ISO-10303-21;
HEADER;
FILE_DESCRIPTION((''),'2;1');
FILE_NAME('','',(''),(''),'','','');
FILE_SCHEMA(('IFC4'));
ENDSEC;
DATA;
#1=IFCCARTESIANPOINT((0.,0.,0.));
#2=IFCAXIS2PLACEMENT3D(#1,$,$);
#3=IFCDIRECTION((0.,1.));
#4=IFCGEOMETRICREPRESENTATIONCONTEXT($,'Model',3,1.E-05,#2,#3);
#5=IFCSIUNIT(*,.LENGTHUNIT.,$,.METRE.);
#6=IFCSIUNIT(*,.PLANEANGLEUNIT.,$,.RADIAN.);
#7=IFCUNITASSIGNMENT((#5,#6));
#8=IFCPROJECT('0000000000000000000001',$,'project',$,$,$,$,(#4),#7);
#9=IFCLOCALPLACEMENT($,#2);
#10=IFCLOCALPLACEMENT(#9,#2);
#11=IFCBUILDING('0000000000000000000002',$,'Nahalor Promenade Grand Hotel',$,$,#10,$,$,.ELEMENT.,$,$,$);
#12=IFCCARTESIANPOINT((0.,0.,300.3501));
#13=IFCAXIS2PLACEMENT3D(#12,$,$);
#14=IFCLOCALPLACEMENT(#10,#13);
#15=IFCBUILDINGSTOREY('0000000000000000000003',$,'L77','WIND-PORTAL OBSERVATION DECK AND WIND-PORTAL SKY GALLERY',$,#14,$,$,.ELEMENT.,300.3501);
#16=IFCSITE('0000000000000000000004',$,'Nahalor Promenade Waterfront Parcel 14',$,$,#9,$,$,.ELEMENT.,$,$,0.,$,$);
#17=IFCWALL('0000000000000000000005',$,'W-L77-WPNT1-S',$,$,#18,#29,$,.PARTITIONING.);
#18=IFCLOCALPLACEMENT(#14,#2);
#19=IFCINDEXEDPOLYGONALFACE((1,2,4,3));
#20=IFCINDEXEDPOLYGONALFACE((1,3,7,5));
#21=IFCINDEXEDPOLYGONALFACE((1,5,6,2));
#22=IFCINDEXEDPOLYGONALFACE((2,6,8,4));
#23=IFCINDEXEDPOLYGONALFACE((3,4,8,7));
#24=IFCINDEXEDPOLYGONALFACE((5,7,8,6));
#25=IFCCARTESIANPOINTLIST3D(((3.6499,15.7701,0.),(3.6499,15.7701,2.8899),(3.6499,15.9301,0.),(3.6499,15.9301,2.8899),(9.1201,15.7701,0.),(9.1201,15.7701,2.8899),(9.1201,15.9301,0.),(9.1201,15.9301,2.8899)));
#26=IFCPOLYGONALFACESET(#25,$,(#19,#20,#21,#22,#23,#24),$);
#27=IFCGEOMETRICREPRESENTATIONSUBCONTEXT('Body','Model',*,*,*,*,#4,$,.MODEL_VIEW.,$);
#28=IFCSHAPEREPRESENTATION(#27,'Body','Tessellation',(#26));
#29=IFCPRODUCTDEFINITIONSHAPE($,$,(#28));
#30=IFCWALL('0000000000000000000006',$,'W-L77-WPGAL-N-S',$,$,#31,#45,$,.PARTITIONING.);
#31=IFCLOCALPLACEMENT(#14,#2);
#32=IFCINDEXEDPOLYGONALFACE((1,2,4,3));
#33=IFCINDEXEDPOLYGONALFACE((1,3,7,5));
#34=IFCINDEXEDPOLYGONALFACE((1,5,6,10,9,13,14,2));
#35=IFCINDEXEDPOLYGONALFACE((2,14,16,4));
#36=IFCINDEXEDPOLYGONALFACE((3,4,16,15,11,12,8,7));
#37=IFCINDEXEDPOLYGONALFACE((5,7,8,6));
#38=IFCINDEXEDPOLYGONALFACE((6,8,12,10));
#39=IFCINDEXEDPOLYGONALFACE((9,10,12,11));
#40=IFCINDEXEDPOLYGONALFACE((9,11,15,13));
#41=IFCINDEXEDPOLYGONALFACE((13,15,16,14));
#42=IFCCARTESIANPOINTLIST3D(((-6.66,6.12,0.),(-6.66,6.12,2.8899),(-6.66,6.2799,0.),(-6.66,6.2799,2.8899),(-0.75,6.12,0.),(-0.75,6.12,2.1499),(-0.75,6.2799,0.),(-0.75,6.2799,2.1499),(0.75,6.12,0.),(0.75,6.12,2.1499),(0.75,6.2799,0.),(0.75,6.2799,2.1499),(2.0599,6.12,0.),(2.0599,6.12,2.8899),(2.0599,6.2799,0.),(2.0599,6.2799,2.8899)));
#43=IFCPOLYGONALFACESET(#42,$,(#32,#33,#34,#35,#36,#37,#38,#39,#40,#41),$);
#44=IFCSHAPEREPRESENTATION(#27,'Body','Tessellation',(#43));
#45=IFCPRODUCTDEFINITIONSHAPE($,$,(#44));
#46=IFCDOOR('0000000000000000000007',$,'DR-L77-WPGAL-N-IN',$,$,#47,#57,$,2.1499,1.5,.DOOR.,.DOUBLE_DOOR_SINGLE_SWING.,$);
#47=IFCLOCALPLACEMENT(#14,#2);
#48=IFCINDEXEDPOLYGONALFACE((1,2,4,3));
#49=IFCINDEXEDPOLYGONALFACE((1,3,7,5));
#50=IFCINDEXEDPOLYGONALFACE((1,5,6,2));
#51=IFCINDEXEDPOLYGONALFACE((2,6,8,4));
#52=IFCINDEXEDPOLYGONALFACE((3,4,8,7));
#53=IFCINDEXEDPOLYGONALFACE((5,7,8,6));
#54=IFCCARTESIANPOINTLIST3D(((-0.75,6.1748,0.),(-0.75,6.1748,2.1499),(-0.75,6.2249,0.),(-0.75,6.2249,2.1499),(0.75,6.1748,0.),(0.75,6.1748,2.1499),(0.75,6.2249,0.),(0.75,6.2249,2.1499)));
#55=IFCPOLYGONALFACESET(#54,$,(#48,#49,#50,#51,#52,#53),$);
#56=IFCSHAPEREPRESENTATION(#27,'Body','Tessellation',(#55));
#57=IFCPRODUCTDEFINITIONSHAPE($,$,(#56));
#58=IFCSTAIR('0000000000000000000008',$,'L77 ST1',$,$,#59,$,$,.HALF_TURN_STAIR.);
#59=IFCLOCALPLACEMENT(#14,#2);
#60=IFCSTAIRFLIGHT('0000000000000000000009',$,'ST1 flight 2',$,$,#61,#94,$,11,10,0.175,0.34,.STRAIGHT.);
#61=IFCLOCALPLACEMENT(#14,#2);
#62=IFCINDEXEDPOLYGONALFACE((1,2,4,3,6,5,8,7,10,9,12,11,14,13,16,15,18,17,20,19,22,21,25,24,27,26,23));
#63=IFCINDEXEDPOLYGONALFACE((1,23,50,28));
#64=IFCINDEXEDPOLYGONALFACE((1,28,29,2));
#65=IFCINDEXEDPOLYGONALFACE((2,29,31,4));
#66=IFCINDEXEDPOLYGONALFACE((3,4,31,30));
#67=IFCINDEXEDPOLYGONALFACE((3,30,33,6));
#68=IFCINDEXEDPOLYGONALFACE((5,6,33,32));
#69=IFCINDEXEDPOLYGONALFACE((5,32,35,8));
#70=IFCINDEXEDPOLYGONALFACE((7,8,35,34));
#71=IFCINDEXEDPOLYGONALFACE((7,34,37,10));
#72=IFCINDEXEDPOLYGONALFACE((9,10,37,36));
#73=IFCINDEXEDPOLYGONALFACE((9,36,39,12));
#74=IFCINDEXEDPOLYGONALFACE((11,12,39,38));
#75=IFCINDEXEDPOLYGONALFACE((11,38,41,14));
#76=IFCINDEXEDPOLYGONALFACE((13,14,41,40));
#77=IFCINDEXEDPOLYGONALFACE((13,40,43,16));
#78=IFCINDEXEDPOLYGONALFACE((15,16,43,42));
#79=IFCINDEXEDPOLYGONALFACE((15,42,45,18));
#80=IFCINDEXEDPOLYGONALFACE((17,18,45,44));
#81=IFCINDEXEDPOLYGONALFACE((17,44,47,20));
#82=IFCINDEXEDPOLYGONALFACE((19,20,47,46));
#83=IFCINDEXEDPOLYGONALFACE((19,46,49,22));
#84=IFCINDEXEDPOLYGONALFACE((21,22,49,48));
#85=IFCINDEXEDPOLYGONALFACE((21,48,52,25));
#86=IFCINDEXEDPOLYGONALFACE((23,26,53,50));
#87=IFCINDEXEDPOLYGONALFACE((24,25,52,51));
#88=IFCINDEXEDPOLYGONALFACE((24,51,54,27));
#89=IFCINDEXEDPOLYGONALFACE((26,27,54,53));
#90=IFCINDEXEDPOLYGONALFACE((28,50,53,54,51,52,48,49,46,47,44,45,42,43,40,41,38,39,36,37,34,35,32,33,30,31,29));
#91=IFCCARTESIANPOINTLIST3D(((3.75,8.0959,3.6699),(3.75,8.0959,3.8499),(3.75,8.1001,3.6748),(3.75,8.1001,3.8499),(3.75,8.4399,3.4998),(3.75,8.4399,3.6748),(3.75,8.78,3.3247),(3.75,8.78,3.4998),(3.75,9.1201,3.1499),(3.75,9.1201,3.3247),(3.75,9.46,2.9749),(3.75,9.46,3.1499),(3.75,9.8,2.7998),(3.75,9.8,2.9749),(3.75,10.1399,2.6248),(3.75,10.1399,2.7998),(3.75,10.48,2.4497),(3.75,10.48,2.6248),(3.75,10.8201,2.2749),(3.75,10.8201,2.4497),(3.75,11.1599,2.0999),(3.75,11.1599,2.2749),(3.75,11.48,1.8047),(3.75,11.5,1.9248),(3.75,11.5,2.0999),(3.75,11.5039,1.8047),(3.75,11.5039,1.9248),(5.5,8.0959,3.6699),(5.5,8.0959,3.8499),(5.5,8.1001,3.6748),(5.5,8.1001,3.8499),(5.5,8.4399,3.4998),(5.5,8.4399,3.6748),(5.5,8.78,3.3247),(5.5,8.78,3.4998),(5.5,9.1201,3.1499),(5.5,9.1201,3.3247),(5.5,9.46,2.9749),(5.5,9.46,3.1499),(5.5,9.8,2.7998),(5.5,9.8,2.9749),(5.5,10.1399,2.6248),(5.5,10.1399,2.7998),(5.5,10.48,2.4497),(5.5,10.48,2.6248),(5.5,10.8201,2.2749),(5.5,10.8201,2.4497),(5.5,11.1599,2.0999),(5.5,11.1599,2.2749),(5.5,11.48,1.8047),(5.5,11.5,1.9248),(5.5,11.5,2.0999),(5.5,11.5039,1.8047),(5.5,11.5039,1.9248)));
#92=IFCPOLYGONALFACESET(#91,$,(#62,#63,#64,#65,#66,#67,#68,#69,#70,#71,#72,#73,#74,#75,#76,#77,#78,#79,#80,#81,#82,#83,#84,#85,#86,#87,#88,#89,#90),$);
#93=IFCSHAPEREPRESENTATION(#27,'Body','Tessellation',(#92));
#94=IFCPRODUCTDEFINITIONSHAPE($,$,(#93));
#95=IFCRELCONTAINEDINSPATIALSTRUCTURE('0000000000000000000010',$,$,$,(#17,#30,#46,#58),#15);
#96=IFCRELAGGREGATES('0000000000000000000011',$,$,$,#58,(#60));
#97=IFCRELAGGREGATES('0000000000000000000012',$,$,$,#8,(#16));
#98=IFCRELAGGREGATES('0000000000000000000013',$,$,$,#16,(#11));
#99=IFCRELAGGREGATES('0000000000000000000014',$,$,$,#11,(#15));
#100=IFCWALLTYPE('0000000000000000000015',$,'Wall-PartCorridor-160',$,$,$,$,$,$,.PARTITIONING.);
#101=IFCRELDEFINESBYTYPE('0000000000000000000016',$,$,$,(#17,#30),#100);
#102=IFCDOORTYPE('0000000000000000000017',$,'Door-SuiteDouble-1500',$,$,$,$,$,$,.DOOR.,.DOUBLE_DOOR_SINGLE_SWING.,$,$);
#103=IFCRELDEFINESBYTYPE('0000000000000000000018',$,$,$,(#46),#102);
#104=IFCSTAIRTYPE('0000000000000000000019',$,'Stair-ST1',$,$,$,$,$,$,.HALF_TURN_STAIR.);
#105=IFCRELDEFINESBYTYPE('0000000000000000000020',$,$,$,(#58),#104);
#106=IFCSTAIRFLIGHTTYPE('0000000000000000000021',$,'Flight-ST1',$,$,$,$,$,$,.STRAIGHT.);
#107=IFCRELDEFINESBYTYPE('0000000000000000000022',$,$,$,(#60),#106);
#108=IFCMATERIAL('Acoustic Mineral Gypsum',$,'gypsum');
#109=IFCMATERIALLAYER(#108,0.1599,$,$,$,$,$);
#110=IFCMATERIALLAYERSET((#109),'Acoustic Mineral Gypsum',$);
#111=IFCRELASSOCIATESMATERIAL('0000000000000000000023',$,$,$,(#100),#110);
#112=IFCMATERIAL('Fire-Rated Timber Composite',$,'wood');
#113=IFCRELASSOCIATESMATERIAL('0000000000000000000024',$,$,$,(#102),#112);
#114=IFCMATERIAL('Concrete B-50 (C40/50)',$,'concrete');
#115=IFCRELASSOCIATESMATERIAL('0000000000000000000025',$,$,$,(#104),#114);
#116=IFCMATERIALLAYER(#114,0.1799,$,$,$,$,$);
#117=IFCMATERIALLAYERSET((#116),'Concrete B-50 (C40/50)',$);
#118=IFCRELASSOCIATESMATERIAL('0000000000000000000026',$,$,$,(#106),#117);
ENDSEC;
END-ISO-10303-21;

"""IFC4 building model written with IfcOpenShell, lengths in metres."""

from ifc_helpers import new_model, si_unit, direction, frame, frame_2d, origin, place, context, subcontext, project, spatial, polyline, rectangle, outline, extrude, source, transform, mapped, material, layer, layer_set, type_object, element, fill, aggregate, save


model = new_model("IFC4")

# Units and contexts
model_context = context("Model", 3, precision=1e-05, world=origin(), true_north=direction((0.0, 1.0)))
body_context = subcontext(model_context, "Body", "Model", "MODEL_VIEW")
ifc_project = project(units=[si_unit("LENGTHUNIT", "METRE"), si_unit("PLANEANGLEUNIT", "RADIAN")], contexts=[model_context])

# Site, building, storey
site_placement = place(None, origin())
site = spatial("IfcSite", under=ifc_project, at=site_placement, Name="Nahalor Promenade Waterfront Parcel 14", CompositionType="ELEMENT", RefElevation=0.0)
building_placement = place(site_placement, origin())
building = spatial("IfcBuilding", under=site, at=building_placement, Name="Nahalor Promenade Grand Hotel", CompositionType="ELEMENT")
storey_placement = place(building_placement, frame((0.0, 0.0, 300.3501)))
storey = spatial("IfcBuildingStorey", under=building, at=storey_placement, Name="L77", Description="WIND-PORTAL OBSERVATION DECK AND WIND-PORTAL SKY GALLERY", CompositionType="ELEMENT", Elevation=300.3501)

# Shared definitions
ifc_material_1 = material(Name="Concrete B-50 (C40/50)", Category="concrete")

# Wall
ifc_material_2 = material(Name="Acoustic Mineral Gypsum", Category="gypsum")
ifc_layer_1 = layer(ifc_material_2, 0.1599)
ifc_layer_set_1 = layer_set([ifc_layer_1], Name="Acoustic Mineral Gypsum")
wall_type_1 = type_object("IfcWallType", Name="Wall-PartCorridor-160", PredefinedType="PARTITIONING", material=ifc_layer_set_1)
shared_shape_1 = source(origin(), body_context, "Body", "SweptSolid", [
    extrude(rectangle(XDim=5.4702, YDim=0.1599, at=frame_2d((2.7351, 0.0))), origin(), (0.0, 0.0, 1.0), 2.8899),
])
wall_1_placement = place(storey_placement, frame((3.6499, 15.8501, 0.0), z_axis=(0.0, 0.0, 1.0), x_axis=(1.0, 0.0, 0.0)))
element("IfcWall", 1, at=wall_1_placement, inside=storey, type_object=wall_type_1, Name="W-L77-WPNT1-S", PredefinedType="PARTITIONING", context=body_context, shape_type="MappedRepresentation", body=[
    mapped(shared_shape_1, transform((0.0, 0.0, 0.0), scale=1.0)),
])

# Wall, opening, door
shared_shape_2 = source(origin(), body_context, "Body", "SweptSolid", [
    extrude(rectangle(XDim=8.72, YDim=0.1599, at=frame_2d((4.3599, 0.0))), origin(), (0.0, 0.0, 1.0), 2.8899),
])
wall_2_placement = place(storey_placement, frame((-6.6599, 6.2, 0.0), z_axis=(0.0, 0.0, 1.0), x_axis=(1.0, 0.0, 0.0)))
wall_2 = element("IfcWall", 2, at=wall_2_placement, inside=storey, type_object=wall_type_1, Name="W-L77-WPGAL-N-S", PredefinedType="PARTITIONING", context=body_context, shape_type="MappedRepresentation", body=[
    mapped(shared_shape_2, transform((0.0, 0.0, 0.0), scale=1.0)),
])
opening_1_placement = place(wall_2_placement, frame((5.9099, 0.0, 0.0)))
opening_1 = element("IfcOpeningElement", 3, at=opening_1_placement, cuts=wall_2, PredefinedType="OPENING", context=body_context, shape_type="SweptSolid", body=[
    extrude(rectangle(XDim=1.5, YDim=2.1499, at=frame_2d((0.75, 1.075))), frame((0.0, 0.0898, 0.0), z_axis=(0.0, -1.0, 0.0), x_axis=(1.0, 0.0, 0.0)), (0.0, 0.0, 1.0), 0.1799),
])
ifc_material_3 = material(Name="Fire-Rated Timber Composite", Category="wood")
door_type_1 = type_object("IfcDoorType", Name="Door-SuiteDouble-1500", OperationType="DOUBLE_DOOR_SINGLE_SWING", PredefinedType="DOOR", material=ifc_material_3)
shared_shape_3 = source(origin(), body_context, "Body", "SweptSolid", [
    extrude(rectangle(XDim=1.5, YDim=2.1499, at=frame_2d((0.75, 1.075))), frame((0.0, 0.0249, 0.0), z_axis=(0.0, -1.0, 0.0), x_axis=(1.0, 0.0, 0.0)), (0.0, 0.0, 1.0), 0.05),
])
door_1_placement = place(opening_1_placement, origin())
door_1 = element("IfcDoor", 4, at=door_1_placement, inside=storey, type_object=door_type_1, Name="DR-L77-WPGAL-N-IN", OperationType="DOUBLE_DOOR_SINGLE_SWING", OverallHeight=2.1499, OverallWidth=1.5, PredefinedType="DOOR", context=body_context, shape_type="MappedRepresentation", body=[
    mapped(shared_shape_3, transform((0.0, 0.0, 0.0), scale=1.0)),
])
fill(opening_1, door_1)

# Stair, stair flight
stair_type = type_object("IfcStairType", Name="Stair-ST1", PredefinedType="HALF_TURN_STAIR", material=ifc_material_1)
stair_placement = place(storey_placement, origin())
stair = element("IfcStair", 5, at=stair_placement, inside=storey, type_object=stair_type, Name="L77 ST1", PredefinedType="HALF_TURN_STAIR")
ifc_layer_2 = layer(ifc_material_1, 0.1799)
ifc_layer_set_2 = layer_set([ifc_layer_2], Name="Concrete B-50 (C40/50)")
stair_flight_type = type_object("IfcStairFlightType", Name="Flight-ST1", PredefinedType="STRAIGHT", material=ifc_layer_set_2)
shared_shape_4 = source(origin(), body_context, "Body", "SweptSolid", [
    extrude(outline(polyline([(-0.0039, -0.1201), (-0.0039, 0.0), (0.0, 0.0), (0.0, 0.175), (0.3401, 0.175), (0.3401, 0.3501), (0.6799, 0.3501), (0.6799, 0.5249), (1.02, 0.5249), (1.02, 0.7), (1.3601, 0.7), (1.3601, 0.875), (1.7, 0.875), (1.7, 1.05), (2.04, 1.05), (2.04, 1.2251), (2.3799, 1.2251), (2.3799, 1.3999), (2.72, 1.3999), (2.72, 1.575), (3.0601, 1.575), (3.0601, 1.75), (3.3999, 1.75), (3.3999, 1.925), (3.4041, 1.925), (3.4041, 1.7451), (0.02, -0.1201), (-0.0039, -0.1201)])), frame((0.0, 0.875, 0.0), z_axis=(0.0, -1.0, 0.0), x_axis=(1.0, 0.0, 0.0)), (0.0, 0.0, 1.0), 1.75),
])
stair_flight_placement = place(storey_placement, frame((4.625, 11.5, 1.9248), z_axis=(0.0, 0.0, 1.0), x_axis=(0.0, -1.0, 0.0)))
stair_flight = element("IfcStairFlight", 6, at=stair_flight_placement, type_object=stair_flight_type, Name="ST1 flight 2", NumberOfRisers=11, NumberOfTreads=10, PredefinedType="STRAIGHT", RiserHeight=0.175, TreadLength=0.34, context=body_context, shape_type="MappedRepresentation", body=[
    mapped(shared_shape_4, transform((0.0, 0.0, 0.0), scale=1.0)),
])
aggregate(stair, [stair_flight])

save(model, "model.ifc")
